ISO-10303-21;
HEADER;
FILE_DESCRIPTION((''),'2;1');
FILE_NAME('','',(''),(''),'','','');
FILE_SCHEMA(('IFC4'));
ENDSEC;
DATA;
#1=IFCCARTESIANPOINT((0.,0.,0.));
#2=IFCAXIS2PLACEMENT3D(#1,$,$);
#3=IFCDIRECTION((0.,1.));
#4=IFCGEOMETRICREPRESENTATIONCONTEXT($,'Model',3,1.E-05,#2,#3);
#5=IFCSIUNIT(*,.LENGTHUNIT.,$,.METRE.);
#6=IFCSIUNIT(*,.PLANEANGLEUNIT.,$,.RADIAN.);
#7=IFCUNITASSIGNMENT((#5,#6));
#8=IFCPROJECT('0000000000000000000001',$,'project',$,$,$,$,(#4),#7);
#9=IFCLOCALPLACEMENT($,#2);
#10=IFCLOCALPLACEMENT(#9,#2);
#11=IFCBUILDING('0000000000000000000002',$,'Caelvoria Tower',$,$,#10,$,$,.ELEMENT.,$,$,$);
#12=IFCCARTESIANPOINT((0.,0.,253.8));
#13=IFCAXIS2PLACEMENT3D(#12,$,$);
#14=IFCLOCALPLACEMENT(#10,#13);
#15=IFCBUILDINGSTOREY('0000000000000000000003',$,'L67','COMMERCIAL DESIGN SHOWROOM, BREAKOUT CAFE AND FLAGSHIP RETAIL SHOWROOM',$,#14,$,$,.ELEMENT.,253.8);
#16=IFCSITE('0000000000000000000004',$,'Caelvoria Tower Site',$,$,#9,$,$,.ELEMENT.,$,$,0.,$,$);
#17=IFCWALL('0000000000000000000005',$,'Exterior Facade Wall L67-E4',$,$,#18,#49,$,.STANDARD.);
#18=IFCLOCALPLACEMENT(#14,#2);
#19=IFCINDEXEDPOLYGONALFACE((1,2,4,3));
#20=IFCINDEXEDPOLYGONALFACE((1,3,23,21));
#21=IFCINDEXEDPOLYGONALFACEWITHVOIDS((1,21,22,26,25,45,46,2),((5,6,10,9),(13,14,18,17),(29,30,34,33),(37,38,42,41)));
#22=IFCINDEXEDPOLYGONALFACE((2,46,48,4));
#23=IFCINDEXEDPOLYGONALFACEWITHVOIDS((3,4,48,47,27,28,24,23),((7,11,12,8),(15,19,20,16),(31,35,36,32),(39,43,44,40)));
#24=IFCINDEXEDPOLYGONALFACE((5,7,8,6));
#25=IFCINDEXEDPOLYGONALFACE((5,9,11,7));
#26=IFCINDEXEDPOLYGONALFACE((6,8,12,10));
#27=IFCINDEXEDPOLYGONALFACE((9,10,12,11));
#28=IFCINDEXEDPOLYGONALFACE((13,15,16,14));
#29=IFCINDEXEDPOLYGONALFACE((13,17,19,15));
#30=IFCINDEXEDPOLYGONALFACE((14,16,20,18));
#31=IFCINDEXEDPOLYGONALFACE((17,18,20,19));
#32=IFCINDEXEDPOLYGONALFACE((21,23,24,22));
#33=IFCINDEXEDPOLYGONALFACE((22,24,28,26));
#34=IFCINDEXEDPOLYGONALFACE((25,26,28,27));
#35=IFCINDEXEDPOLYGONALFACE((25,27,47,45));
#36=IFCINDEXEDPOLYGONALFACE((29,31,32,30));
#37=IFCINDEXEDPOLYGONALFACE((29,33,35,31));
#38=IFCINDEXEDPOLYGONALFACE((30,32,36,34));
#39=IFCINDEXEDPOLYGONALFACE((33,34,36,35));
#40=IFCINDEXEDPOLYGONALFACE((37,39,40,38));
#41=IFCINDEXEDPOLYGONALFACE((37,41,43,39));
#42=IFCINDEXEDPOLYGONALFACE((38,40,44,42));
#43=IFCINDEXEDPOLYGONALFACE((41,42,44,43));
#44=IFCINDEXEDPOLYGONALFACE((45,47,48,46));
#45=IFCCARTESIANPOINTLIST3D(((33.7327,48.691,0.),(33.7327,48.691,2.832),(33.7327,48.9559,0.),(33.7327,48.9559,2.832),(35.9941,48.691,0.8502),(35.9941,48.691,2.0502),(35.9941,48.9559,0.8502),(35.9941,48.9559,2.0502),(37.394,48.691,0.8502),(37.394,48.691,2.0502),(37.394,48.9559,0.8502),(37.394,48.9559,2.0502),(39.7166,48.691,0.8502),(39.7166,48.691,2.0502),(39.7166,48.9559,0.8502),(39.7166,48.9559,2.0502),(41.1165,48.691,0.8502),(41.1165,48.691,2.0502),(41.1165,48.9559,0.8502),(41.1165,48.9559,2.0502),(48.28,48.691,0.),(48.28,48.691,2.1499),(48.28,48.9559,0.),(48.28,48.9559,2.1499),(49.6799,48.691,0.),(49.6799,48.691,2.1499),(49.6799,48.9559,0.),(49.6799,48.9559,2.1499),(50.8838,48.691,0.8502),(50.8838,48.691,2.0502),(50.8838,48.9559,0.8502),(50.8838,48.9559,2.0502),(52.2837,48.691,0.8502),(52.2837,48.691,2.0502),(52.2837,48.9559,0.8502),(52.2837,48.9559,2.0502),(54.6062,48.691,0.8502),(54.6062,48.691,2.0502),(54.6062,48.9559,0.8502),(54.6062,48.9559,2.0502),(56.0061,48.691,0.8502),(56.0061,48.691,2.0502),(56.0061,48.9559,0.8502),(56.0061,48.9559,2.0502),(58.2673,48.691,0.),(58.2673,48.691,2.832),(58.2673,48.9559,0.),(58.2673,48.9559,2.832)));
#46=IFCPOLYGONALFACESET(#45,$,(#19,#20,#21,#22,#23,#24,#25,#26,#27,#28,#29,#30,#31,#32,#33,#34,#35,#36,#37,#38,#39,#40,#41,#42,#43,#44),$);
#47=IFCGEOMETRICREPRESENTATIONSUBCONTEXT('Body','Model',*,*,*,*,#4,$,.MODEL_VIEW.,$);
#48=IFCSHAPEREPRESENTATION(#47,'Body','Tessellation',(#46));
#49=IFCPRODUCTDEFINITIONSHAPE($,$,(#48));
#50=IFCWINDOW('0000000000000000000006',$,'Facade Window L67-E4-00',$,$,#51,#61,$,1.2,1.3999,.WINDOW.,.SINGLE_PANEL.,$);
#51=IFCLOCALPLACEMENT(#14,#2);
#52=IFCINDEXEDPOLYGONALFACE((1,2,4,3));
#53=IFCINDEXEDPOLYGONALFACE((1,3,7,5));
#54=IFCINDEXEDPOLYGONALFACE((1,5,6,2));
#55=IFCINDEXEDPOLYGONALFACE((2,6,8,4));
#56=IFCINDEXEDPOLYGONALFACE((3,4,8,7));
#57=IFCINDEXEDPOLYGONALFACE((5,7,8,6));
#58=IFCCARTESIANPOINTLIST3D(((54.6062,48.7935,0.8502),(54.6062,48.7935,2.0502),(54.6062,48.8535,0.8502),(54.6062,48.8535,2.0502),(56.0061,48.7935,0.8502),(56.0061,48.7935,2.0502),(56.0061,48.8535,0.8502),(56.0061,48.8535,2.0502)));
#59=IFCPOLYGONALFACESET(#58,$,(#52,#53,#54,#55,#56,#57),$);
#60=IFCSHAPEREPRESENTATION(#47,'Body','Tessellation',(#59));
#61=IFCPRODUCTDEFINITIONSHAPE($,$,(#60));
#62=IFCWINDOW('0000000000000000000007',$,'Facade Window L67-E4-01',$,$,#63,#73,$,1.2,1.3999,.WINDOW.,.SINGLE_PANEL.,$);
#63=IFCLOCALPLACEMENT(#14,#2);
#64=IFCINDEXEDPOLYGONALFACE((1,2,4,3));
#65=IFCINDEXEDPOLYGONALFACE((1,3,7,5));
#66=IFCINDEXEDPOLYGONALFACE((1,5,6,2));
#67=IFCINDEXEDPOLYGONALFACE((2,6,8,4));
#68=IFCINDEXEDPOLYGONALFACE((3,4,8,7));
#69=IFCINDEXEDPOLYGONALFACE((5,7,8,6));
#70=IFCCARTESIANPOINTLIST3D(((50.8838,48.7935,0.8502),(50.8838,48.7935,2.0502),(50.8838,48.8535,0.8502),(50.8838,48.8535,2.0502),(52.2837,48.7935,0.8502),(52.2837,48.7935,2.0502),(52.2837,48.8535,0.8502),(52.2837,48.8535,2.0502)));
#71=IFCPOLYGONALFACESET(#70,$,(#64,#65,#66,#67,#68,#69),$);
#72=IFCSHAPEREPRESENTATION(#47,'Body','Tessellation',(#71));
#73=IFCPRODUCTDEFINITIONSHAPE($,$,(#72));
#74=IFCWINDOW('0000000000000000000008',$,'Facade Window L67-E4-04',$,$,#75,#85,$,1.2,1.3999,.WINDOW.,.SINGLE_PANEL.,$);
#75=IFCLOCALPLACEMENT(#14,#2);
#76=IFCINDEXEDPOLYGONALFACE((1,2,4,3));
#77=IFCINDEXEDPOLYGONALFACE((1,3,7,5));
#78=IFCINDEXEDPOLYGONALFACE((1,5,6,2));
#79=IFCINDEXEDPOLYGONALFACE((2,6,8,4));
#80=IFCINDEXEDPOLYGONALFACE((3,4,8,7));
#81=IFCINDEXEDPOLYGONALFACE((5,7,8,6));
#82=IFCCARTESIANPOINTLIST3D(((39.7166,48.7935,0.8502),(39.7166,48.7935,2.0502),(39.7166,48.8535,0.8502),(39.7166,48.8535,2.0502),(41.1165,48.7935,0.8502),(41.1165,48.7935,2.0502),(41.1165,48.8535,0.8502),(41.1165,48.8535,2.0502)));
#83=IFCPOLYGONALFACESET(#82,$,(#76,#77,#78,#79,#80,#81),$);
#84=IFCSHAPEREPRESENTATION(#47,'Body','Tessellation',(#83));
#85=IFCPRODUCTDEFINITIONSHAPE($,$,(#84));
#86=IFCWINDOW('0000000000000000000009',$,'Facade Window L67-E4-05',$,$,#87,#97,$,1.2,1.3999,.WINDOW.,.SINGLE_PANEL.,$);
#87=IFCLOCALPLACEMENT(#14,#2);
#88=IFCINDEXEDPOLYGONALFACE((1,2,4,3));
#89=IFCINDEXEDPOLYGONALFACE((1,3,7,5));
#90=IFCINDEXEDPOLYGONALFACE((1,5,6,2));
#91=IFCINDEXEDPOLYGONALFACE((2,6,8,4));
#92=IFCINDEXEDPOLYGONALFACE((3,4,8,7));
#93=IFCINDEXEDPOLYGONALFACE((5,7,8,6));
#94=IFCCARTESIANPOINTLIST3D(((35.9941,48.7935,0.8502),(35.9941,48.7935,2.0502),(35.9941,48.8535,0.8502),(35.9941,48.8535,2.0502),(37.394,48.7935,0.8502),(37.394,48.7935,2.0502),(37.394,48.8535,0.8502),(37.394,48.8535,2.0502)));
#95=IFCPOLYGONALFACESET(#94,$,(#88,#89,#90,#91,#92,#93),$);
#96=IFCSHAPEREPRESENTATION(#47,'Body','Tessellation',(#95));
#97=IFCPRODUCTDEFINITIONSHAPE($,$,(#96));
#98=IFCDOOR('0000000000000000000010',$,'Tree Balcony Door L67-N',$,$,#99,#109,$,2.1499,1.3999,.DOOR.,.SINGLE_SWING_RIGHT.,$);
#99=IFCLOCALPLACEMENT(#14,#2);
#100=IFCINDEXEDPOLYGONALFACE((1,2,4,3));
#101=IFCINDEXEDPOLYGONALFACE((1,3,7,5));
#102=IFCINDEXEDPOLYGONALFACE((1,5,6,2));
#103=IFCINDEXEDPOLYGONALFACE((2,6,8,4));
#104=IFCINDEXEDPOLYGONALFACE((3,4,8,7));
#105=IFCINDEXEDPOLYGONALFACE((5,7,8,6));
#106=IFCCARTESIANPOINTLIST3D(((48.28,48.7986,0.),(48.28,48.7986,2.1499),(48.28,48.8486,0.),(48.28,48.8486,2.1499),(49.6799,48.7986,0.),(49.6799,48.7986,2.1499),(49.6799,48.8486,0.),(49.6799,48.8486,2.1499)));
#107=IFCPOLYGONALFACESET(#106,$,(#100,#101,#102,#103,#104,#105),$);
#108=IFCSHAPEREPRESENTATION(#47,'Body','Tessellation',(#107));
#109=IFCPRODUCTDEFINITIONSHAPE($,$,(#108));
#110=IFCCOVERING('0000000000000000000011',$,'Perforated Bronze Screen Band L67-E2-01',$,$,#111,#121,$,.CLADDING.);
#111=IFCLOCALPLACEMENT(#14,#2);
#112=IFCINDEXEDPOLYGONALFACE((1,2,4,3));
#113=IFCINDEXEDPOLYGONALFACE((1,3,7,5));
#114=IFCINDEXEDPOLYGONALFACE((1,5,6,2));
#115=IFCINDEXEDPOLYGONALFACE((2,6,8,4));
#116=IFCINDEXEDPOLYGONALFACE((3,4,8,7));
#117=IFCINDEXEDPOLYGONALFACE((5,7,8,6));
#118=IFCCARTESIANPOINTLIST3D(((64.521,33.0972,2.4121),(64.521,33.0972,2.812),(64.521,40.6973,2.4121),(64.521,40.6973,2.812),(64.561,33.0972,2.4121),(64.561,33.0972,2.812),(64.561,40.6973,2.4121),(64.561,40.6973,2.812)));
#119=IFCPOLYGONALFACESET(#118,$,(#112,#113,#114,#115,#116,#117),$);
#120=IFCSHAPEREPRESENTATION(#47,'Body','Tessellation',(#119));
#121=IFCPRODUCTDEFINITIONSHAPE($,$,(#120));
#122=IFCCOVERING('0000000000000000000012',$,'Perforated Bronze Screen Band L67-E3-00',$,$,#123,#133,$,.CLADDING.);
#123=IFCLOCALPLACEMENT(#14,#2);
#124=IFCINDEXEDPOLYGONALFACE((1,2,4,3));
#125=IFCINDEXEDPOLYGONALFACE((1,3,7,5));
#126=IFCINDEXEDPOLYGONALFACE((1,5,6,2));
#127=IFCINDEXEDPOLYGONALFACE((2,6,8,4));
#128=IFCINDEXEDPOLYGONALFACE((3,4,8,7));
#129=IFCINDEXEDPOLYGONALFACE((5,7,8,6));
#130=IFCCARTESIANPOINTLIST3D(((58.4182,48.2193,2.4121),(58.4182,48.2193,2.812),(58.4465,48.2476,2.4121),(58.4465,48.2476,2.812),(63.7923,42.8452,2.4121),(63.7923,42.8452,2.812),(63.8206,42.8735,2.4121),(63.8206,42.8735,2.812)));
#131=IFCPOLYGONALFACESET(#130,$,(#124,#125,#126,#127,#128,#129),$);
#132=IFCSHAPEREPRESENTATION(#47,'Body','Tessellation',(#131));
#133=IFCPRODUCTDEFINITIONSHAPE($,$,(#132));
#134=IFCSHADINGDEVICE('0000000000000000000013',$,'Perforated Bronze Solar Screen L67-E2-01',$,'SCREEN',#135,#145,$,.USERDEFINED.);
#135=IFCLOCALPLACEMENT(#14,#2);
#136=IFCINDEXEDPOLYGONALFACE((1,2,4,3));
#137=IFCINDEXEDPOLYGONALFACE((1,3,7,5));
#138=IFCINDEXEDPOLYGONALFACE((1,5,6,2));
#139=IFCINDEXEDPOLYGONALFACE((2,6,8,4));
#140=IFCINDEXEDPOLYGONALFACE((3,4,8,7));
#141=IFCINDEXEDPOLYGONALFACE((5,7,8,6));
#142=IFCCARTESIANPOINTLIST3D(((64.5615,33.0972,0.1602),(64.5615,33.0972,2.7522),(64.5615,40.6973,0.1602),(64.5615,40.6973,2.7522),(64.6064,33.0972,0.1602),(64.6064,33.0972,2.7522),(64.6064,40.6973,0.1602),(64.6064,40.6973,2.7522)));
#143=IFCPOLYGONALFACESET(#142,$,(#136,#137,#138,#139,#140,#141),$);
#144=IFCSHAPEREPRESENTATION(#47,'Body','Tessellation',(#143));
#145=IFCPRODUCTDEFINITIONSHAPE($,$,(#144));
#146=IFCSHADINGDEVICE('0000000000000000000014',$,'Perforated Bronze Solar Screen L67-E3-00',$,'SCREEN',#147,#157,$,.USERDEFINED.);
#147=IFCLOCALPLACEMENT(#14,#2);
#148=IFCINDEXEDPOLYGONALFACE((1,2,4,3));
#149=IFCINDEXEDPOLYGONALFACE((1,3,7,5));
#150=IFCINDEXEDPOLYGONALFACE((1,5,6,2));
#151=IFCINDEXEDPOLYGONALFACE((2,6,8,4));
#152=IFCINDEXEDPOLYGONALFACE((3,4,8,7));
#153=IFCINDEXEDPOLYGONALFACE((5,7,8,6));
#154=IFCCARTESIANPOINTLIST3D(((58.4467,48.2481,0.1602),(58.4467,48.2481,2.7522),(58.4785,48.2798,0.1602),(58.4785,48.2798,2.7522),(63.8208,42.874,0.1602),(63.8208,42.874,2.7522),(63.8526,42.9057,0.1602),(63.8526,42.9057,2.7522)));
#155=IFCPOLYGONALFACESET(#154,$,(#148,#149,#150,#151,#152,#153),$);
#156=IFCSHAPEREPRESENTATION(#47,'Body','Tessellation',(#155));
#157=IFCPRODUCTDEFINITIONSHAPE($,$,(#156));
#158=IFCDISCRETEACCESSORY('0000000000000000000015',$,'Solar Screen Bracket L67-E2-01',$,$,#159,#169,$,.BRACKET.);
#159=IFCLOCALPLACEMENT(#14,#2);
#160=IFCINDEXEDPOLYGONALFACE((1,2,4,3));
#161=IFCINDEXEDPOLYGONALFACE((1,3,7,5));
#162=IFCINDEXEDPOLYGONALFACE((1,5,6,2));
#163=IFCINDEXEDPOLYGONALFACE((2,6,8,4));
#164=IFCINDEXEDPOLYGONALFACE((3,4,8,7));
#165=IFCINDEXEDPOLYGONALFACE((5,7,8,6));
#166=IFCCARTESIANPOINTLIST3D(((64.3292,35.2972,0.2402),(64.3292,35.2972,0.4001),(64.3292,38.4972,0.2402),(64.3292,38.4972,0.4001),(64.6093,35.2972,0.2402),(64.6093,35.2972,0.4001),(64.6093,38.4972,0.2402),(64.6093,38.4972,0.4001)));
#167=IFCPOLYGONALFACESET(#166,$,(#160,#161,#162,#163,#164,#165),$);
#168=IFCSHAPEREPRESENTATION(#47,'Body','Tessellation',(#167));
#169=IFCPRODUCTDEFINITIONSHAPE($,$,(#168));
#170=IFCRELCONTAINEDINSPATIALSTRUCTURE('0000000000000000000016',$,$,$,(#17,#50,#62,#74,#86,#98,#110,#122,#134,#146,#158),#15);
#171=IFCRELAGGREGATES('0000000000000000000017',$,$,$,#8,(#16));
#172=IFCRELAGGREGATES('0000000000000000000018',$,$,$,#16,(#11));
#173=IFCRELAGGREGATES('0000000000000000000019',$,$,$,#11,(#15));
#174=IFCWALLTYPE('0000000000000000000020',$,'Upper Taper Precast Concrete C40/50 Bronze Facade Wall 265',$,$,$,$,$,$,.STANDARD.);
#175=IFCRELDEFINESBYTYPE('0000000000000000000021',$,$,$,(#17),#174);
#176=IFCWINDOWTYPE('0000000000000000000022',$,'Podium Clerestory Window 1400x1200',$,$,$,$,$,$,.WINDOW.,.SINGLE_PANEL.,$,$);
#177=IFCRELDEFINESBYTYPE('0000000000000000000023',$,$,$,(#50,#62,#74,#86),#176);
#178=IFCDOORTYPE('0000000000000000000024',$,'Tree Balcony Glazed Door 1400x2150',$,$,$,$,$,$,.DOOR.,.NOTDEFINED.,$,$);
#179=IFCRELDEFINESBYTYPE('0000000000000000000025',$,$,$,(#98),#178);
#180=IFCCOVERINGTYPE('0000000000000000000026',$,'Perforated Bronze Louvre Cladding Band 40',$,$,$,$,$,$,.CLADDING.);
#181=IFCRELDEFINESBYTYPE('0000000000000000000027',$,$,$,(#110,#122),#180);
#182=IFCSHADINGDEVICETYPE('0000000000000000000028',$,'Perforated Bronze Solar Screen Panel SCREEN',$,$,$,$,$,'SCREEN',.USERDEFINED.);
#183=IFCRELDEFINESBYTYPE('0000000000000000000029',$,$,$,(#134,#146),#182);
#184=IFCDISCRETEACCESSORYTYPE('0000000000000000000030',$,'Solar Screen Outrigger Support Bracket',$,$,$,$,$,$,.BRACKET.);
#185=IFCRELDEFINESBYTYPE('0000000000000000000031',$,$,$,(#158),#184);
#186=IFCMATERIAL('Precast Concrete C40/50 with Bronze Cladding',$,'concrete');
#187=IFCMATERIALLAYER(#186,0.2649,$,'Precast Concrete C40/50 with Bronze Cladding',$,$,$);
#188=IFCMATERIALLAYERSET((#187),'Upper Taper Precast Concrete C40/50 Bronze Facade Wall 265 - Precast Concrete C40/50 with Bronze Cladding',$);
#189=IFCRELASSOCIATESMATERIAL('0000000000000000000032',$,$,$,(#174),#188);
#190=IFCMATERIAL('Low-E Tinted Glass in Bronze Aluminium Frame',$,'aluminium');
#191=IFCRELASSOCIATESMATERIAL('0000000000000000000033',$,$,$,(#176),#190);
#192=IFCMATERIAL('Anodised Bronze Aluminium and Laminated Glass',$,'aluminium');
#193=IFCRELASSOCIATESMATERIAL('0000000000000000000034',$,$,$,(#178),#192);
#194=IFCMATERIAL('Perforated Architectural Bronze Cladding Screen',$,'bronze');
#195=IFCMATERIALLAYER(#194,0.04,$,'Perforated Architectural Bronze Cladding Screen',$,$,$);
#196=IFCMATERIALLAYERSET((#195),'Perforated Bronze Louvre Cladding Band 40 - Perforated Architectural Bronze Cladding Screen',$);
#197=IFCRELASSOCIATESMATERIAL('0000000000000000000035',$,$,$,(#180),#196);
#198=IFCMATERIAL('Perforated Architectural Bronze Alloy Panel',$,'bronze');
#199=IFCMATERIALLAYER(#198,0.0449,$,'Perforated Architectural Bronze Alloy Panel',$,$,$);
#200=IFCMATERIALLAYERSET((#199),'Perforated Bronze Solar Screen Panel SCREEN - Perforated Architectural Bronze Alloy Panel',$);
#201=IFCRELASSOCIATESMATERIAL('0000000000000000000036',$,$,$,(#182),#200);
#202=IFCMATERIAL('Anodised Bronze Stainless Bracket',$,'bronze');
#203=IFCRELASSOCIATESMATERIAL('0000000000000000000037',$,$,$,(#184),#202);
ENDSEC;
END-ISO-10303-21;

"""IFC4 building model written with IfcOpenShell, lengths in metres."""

from ifc_helpers import new_model, si_unit, direction, frame, frame_2d, origin, origin_2d, place, context, subcontext, project, spatial, rectangle, extrude, material, layer, layer_set, type_object, element, fill, save


model = new_model("IFC4")

# Units and contexts
model_context = context("Model", 3, precision=1e-05, world=origin(), true_north=direction((0.0, 1.0)))
body_context = subcontext(model_context, "Body", "Model", "MODEL_VIEW")
ifc_project = project(units=[si_unit("LENGTHUNIT", "METRE"), si_unit("PLANEANGLEUNIT", "RADIAN")], contexts=[model_context])

# Site, building, storey
site_placement = place(None, origin())
site = spatial("IfcSite", under=ifc_project, at=site_placement, Name="Caelvoria Tower Site", CompositionType="ELEMENT", RefElevation=0.0)
building_placement = place(site_placement, origin())
building = spatial("IfcBuilding", under=site, at=building_placement, Name="Caelvoria Tower", CompositionType="ELEMENT")
storey_placement = place(building_placement, frame((0.0, 0.0, 253.8)))
storey = spatial("IfcBuildingStorey", under=building, at=storey_placement, Name="L67", Description="COMMERCIAL DESIGN SHOWROOM, BREAKOUT CAFE AND FLAGSHIP RETAIL SHOWROOM", CompositionType="ELEMENT", Elevation=253.8)

# Shared definitions
ifc_material_1 = material(Name="Precast Concrete C40/50 with Bronze Cladding", Category="concrete")
ifc_layer_1 = layer(ifc_material_1, 0.2649, Name="Precast Concrete C40/50 with Bronze Cladding")
ifc_layer_set_1 = layer_set([ifc_layer_1], Name="Upper Taper Precast Concrete C40/50 Bronze Facade Wall 265 - Precast Concrete C40/50 with Bronze Cladding")
wall_type_1 = type_object("IfcWallType", Name="Upper Taper Precast Concrete C40/50 Bronze Facade Wall 265", PredefinedType="STANDARD", material=ifc_layer_set_1)

# Wall, openings, windows, door
wall_1_placement = place(storey_placement, frame((58.2673, 48.8235, 0.0), z_axis=(0.0, 0.0, 1.0), x_axis=(-1.0, 0.0, 0.0)))
wall_1 = element("IfcWall", 1, at=wall_1_placement, inside=storey, type_object=wall_type_1, Name="Exterior Facade Wall L67-E4", PredefinedType="STANDARD", context=body_context, shape_type="SweptSolid", body=[
    extrude(rectangle(XDim=24.5347, YDim=0.2649, at=frame_2d((12.2673, 0.0))), origin(), (0.0, 0.0, 1.0), 2.832),
])
opening_1_placement = place(wall_1_placement, frame((8.5874, 0.0, 0.0)))
opening_1 = element("IfcOpeningElement", 2, at=opening_1_placement, cuts=wall_1, PredefinedType="OPENING", context=body_context, shape_type="SweptSolid", body=[
    extrude(rectangle(XDim=1.3999, YDim=2.1499, at=frame_2d((0.7, 1.075))), frame((0.0, 0.1423, 0.0), z_axis=(0.0, -1.0, 0.0), x_axis=(1.0, 0.0, 0.0)), (0.0, 0.0, 1.0), 0.2849),
])
opening_2_placement = place(wall_1_placement, frame((2.2612, 0.0, 0.8501)))
opening_2 = element("IfcOpeningElement", 3, at=opening_2_placement, cuts=wall_1, PredefinedType="OPENING", context=body_context, shape_type="SweptSolid", body=[
    extrude(rectangle(XDim=1.3999, YDim=1.2, at=frame_2d((0.7, 0.6001))), frame((0.0, 0.1423, 0.0), z_axis=(0.0, -1.0, 0.0), x_axis=(1.0, 0.0, 0.0)), (0.0, 0.0, 1.0), 0.2849),
])
opening_3_placement = place(wall_1_placement, frame((5.9836, 0.0, 0.8501)))
opening_3 = element("IfcOpeningElement", 4, at=opening_3_placement, cuts=wall_1, PredefinedType="OPENING", context=body_context, shape_type="SweptSolid", body=[
    extrude(rectangle(XDim=1.3999, YDim=1.2, at=frame_2d((0.7, 0.6001))), frame((0.0, 0.1423, 0.0), z_axis=(0.0, -1.0, 0.0), x_axis=(1.0, 0.0, 0.0)), (0.0, 0.0, 1.0), 0.2849),
])
opening_4_placement = place(wall_1_placement, frame((17.1509, 0.0, 0.8501)))
opening_4 = element("IfcOpeningElement", 5, at=opening_4_placement, cuts=wall_1, PredefinedType="OPENING", context=body_context, shape_type="SweptSolid", body=[
    extrude(rectangle(XDim=1.3999, YDim=1.2, at=frame_2d((0.7, 0.6001))), frame((0.0, 0.1423, 0.0), z_axis=(0.0, -1.0, 0.0), x_axis=(1.0, 0.0, 0.0)), (0.0, 0.0, 1.0), 0.2849),
])
opening_5_placement = place(wall_1_placement, frame((20.8733, 0.0, 0.8501)))
opening_5 = element("IfcOpeningElement", 6, at=opening_5_placement, cuts=wall_1, PredefinedType="OPENING", context=body_context, shape_type="SweptSolid", body=[
    extrude(rectangle(XDim=1.3999, YDim=1.2, at=frame_2d((0.7, 0.6001))), frame((0.0, 0.1423, 0.0), z_axis=(0.0, -1.0, 0.0), x_axis=(1.0, 0.0, 0.0)), (0.0, 0.0, 1.0), 0.2849),
])
ifc_material_2 = material(Name="Low-E Tinted Glass in Bronze Aluminium Frame", Category="aluminium")
window_type = type_object("IfcWindowType", Name="Podium Clerestory Window 1400x1200", PartitioningType="SINGLE_PANEL", PredefinedType="WINDOW", material=ifc_material_2)
window_1_placement = place(opening_2_placement, origin())
window_1 = element("IfcWindow", 7, at=window_1_placement, inside=storey, type_object=window_type, Name="Facade Window L67-E4-00", OverallHeight=1.2, OverallWidth=1.3999, PartitioningType="SINGLE_PANEL", PredefinedType="WINDOW", context=body_context, shape_type="SweptSolid", body=[
    extrude(rectangle(XDim=1.3999, YDim=1.2, at=frame_2d((0.7, 0.6001))), frame((0.0, 0.03, 0.0), z_axis=(0.0, -1.0, 0.0), x_axis=(1.0, 0.0, 0.0)), (0.0, 0.0, 1.0), 0.0601),
])
fill(opening_2, window_1)
window_2_placement = place(opening_3_placement, origin())
window_2 = element("IfcWindow", 8, at=window_2_placement, inside=storey, type_object=window_type, Name="Facade Window L67-E4-01", OverallHeight=1.2, OverallWidth=1.3999, PartitioningType="SINGLE_PANEL", PredefinedType="WINDOW", context=body_context, shape_type="SweptSolid", body=[
    extrude(rectangle(XDim=1.3999, YDim=1.2, at=frame_2d((0.7, 0.6001))), frame((0.0, 0.03, 0.0), z_axis=(0.0, -1.0, 0.0), x_axis=(1.0, 0.0, 0.0)), (0.0, 0.0, 1.0), 0.0601),
])
fill(opening_3, window_2)
window_3_placement = place(opening_4_placement, origin())
window_3 = element("IfcWindow", 9, at=window_3_placement, inside=storey, type_object=window_type, Name="Facade Window L67-E4-04", OverallHeight=1.2, OverallWidth=1.3999, PartitioningType="SINGLE_PANEL", PredefinedType="WINDOW", context=body_context, shape_type="SweptSolid", body=[
    extrude(rectangle(XDim=1.3999, YDim=1.2, at=frame_2d((0.7, 0.6001))), frame((0.0, 0.03, 0.0), z_axis=(0.0, -1.0, 0.0), x_axis=(1.0, 0.0, 0.0)), (0.0, 0.0, 1.0), 0.0601),
])
fill(opening_4, window_3)
window_4_placement = place(opening_5_placement, origin())
window_4 = element("IfcWindow", 10, at=window_4_placement, inside=storey, type_object=window_type, Name="Facade Window L67-E4-05", OverallHeight=1.2, OverallWidth=1.3999, PartitioningType="SINGLE_PANEL", PredefinedType="WINDOW", context=body_context, shape_type="SweptSolid", body=[
    extrude(rectangle(XDim=1.3999, YDim=1.2, at=frame_2d((0.7, 0.6001))), frame((0.0, 0.03, 0.0), z_axis=(0.0, -1.0, 0.0), x_axis=(1.0, 0.0, 0.0)), (0.0, 0.0, 1.0), 0.0601),
])
fill(opening_5, window_4)
ifc_material_3 = material(Name="Anodised Bronze Aluminium and Laminated Glass", Category="aluminium")
door_type_1 = type_object("IfcDoorType", Name="Tree Balcony Glazed Door 1400x2150", OperationType="NOTDEFINED", PredefinedType="DOOR", material=ifc_material_3)
door_1_placement = place(opening_1_placement, origin())
door_1 = element("IfcDoor", 11, at=door_1_placement, inside=storey, type_object=door_type_1, Name="Tree Balcony Door L67-N", OperationType="SINGLE_SWING_RIGHT", OverallHeight=2.1499, OverallWidth=1.3999, PredefinedType="DOOR", context=body_context, shape_type="SweptSolid", body=[
    extrude(rectangle(XDim=1.3999, YDim=2.1499, at=frame_2d((0.7, 1.075))), frame((0.0, 0.0249, 0.0), z_axis=(0.0, -1.0, 0.0), x_axis=(1.0, 0.0, 0.0)), (0.0, 0.0, 1.0), 0.05),
])
fill(opening_1, door_1)

# Coverings
ifc_material_4 = material(Name="Perforated Architectural Bronze Cladding Screen", Category="bronze")
ifc_layer_2 = layer(ifc_material_4, 0.04, Name="Perforated Architectural Bronze Cladding Screen")
ifc_layer_set_2 = layer_set([ifc_layer_2], Name="Perforated Bronze Louvre Cladding Band 40 - Perforated Architectural Bronze Cladding Screen")
covering_type = type_object("IfcCoveringType", Name="Perforated Bronze Louvre Cladding Band 40", PredefinedType="CLADDING", material=ifc_layer_set_2)
for number, where, z_axis, x_axis, name in (
    (12, (64.541, 36.8972, 2.4121), (0.0, 0.0, 1.0), (0.0, 1.0, 0.0), "Perforated Bronze Screen Band L67-E2-01"),
    (13, (61.1194, 45.5464, 2.4121), (0.0, 0.0, 1.0), (-0.707107, 0.707107, 0.0), "Perforated Bronze Screen Band L67-E3-00"),
):
    element("IfcCovering", number, at=place(storey_placement, frame(where, z_axis=z_axis, x_axis=x_axis)), inside=storey, type_object=covering_type, Name=name, PredefinedType="CLADDING", context=body_context, shape_type="SweptSolid", body=[
        extrude(rectangle(XDim=7.6001, YDim=0.04, at=origin_2d()), origin(), (0.0, 0.0, 1.0), 0.3999),
    ])

# Shading devices
ifc_material_5 = material(Name="Perforated Architectural Bronze Alloy Panel", Category="bronze")
ifc_layer_3 = layer(ifc_material_5, 0.0449, Name="Perforated Architectural Bronze Alloy Panel")
ifc_layer_set_3 = layer_set([ifc_layer_3], Name="Perforated Bronze Solar Screen Panel SCREEN - Perforated Architectural Bronze Alloy Panel")
shading_device_type = type_object("IfcShadingDeviceType", Name="Perforated Bronze Solar Screen Panel SCREEN", ElementType="SCREEN", PredefinedType="USERDEFINED", material=ifc_layer_set_3)
for number, where, z_axis, x_axis, name in (
    (14, (64.584, 36.8972, 0.1602), (0.0, 0.0, 1.0), (0.0, 1.0, 0.0), "Perforated Bronze Solar Screen L67-E2-01"),
    (15, (61.1497, 45.5769, 0.1602), (0.0, 0.0, 1.0), (-0.707107, 0.707107, 0.0), "Perforated Bronze Solar Screen L67-E3-00"),
):
    element("IfcShadingDevice", number, at=place(storey_placement, frame(where, z_axis=z_axis, x_axis=x_axis)), inside=storey, type_object=shading_device_type, Name=name, ObjectType="SCREEN", PredefinedType="USERDEFINED", context=body_context, shape_type="SweptSolid", body=[
        extrude(rectangle(XDim=7.6001, YDim=0.0449, at=origin_2d()), origin(), (0.0, 0.0, 1.0), 2.592),
    ])

# Discrete accessory
ifc_material_6 = material(Name="Anodised Bronze Stainless Bracket", Category="bronze")
discrete_accessory_type = type_object("IfcDiscreteAccessoryType", Name="Solar Screen Outrigger Support Bracket", PredefinedType="BRACKET", material=ifc_material_6)
for number, where, z_axis, x_axis, name in (
    (16, (64.4692, 36.8972, 0.2402), (0.0, 0.0, 1.0), (0.0, 1.0, 0.0), "Solar Screen Bracket L67-E2-01"),
):
    element("IfcDiscreteAccessory", number, at=place(storey_placement, frame(where, z_axis=z_axis, x_axis=x_axis)), inside=storey, type_object=discrete_accessory_type, Name=name, PredefinedType="BRACKET", context=body_context, shape_type="SweptSolid", body=[
        extrude(rectangle(XDim=3.2, YDim=0.28, at=origin_2d()), origin(), (0.0, 0.0, 1.0), 0.1599),
    ])

save(model, "model.ifc")
